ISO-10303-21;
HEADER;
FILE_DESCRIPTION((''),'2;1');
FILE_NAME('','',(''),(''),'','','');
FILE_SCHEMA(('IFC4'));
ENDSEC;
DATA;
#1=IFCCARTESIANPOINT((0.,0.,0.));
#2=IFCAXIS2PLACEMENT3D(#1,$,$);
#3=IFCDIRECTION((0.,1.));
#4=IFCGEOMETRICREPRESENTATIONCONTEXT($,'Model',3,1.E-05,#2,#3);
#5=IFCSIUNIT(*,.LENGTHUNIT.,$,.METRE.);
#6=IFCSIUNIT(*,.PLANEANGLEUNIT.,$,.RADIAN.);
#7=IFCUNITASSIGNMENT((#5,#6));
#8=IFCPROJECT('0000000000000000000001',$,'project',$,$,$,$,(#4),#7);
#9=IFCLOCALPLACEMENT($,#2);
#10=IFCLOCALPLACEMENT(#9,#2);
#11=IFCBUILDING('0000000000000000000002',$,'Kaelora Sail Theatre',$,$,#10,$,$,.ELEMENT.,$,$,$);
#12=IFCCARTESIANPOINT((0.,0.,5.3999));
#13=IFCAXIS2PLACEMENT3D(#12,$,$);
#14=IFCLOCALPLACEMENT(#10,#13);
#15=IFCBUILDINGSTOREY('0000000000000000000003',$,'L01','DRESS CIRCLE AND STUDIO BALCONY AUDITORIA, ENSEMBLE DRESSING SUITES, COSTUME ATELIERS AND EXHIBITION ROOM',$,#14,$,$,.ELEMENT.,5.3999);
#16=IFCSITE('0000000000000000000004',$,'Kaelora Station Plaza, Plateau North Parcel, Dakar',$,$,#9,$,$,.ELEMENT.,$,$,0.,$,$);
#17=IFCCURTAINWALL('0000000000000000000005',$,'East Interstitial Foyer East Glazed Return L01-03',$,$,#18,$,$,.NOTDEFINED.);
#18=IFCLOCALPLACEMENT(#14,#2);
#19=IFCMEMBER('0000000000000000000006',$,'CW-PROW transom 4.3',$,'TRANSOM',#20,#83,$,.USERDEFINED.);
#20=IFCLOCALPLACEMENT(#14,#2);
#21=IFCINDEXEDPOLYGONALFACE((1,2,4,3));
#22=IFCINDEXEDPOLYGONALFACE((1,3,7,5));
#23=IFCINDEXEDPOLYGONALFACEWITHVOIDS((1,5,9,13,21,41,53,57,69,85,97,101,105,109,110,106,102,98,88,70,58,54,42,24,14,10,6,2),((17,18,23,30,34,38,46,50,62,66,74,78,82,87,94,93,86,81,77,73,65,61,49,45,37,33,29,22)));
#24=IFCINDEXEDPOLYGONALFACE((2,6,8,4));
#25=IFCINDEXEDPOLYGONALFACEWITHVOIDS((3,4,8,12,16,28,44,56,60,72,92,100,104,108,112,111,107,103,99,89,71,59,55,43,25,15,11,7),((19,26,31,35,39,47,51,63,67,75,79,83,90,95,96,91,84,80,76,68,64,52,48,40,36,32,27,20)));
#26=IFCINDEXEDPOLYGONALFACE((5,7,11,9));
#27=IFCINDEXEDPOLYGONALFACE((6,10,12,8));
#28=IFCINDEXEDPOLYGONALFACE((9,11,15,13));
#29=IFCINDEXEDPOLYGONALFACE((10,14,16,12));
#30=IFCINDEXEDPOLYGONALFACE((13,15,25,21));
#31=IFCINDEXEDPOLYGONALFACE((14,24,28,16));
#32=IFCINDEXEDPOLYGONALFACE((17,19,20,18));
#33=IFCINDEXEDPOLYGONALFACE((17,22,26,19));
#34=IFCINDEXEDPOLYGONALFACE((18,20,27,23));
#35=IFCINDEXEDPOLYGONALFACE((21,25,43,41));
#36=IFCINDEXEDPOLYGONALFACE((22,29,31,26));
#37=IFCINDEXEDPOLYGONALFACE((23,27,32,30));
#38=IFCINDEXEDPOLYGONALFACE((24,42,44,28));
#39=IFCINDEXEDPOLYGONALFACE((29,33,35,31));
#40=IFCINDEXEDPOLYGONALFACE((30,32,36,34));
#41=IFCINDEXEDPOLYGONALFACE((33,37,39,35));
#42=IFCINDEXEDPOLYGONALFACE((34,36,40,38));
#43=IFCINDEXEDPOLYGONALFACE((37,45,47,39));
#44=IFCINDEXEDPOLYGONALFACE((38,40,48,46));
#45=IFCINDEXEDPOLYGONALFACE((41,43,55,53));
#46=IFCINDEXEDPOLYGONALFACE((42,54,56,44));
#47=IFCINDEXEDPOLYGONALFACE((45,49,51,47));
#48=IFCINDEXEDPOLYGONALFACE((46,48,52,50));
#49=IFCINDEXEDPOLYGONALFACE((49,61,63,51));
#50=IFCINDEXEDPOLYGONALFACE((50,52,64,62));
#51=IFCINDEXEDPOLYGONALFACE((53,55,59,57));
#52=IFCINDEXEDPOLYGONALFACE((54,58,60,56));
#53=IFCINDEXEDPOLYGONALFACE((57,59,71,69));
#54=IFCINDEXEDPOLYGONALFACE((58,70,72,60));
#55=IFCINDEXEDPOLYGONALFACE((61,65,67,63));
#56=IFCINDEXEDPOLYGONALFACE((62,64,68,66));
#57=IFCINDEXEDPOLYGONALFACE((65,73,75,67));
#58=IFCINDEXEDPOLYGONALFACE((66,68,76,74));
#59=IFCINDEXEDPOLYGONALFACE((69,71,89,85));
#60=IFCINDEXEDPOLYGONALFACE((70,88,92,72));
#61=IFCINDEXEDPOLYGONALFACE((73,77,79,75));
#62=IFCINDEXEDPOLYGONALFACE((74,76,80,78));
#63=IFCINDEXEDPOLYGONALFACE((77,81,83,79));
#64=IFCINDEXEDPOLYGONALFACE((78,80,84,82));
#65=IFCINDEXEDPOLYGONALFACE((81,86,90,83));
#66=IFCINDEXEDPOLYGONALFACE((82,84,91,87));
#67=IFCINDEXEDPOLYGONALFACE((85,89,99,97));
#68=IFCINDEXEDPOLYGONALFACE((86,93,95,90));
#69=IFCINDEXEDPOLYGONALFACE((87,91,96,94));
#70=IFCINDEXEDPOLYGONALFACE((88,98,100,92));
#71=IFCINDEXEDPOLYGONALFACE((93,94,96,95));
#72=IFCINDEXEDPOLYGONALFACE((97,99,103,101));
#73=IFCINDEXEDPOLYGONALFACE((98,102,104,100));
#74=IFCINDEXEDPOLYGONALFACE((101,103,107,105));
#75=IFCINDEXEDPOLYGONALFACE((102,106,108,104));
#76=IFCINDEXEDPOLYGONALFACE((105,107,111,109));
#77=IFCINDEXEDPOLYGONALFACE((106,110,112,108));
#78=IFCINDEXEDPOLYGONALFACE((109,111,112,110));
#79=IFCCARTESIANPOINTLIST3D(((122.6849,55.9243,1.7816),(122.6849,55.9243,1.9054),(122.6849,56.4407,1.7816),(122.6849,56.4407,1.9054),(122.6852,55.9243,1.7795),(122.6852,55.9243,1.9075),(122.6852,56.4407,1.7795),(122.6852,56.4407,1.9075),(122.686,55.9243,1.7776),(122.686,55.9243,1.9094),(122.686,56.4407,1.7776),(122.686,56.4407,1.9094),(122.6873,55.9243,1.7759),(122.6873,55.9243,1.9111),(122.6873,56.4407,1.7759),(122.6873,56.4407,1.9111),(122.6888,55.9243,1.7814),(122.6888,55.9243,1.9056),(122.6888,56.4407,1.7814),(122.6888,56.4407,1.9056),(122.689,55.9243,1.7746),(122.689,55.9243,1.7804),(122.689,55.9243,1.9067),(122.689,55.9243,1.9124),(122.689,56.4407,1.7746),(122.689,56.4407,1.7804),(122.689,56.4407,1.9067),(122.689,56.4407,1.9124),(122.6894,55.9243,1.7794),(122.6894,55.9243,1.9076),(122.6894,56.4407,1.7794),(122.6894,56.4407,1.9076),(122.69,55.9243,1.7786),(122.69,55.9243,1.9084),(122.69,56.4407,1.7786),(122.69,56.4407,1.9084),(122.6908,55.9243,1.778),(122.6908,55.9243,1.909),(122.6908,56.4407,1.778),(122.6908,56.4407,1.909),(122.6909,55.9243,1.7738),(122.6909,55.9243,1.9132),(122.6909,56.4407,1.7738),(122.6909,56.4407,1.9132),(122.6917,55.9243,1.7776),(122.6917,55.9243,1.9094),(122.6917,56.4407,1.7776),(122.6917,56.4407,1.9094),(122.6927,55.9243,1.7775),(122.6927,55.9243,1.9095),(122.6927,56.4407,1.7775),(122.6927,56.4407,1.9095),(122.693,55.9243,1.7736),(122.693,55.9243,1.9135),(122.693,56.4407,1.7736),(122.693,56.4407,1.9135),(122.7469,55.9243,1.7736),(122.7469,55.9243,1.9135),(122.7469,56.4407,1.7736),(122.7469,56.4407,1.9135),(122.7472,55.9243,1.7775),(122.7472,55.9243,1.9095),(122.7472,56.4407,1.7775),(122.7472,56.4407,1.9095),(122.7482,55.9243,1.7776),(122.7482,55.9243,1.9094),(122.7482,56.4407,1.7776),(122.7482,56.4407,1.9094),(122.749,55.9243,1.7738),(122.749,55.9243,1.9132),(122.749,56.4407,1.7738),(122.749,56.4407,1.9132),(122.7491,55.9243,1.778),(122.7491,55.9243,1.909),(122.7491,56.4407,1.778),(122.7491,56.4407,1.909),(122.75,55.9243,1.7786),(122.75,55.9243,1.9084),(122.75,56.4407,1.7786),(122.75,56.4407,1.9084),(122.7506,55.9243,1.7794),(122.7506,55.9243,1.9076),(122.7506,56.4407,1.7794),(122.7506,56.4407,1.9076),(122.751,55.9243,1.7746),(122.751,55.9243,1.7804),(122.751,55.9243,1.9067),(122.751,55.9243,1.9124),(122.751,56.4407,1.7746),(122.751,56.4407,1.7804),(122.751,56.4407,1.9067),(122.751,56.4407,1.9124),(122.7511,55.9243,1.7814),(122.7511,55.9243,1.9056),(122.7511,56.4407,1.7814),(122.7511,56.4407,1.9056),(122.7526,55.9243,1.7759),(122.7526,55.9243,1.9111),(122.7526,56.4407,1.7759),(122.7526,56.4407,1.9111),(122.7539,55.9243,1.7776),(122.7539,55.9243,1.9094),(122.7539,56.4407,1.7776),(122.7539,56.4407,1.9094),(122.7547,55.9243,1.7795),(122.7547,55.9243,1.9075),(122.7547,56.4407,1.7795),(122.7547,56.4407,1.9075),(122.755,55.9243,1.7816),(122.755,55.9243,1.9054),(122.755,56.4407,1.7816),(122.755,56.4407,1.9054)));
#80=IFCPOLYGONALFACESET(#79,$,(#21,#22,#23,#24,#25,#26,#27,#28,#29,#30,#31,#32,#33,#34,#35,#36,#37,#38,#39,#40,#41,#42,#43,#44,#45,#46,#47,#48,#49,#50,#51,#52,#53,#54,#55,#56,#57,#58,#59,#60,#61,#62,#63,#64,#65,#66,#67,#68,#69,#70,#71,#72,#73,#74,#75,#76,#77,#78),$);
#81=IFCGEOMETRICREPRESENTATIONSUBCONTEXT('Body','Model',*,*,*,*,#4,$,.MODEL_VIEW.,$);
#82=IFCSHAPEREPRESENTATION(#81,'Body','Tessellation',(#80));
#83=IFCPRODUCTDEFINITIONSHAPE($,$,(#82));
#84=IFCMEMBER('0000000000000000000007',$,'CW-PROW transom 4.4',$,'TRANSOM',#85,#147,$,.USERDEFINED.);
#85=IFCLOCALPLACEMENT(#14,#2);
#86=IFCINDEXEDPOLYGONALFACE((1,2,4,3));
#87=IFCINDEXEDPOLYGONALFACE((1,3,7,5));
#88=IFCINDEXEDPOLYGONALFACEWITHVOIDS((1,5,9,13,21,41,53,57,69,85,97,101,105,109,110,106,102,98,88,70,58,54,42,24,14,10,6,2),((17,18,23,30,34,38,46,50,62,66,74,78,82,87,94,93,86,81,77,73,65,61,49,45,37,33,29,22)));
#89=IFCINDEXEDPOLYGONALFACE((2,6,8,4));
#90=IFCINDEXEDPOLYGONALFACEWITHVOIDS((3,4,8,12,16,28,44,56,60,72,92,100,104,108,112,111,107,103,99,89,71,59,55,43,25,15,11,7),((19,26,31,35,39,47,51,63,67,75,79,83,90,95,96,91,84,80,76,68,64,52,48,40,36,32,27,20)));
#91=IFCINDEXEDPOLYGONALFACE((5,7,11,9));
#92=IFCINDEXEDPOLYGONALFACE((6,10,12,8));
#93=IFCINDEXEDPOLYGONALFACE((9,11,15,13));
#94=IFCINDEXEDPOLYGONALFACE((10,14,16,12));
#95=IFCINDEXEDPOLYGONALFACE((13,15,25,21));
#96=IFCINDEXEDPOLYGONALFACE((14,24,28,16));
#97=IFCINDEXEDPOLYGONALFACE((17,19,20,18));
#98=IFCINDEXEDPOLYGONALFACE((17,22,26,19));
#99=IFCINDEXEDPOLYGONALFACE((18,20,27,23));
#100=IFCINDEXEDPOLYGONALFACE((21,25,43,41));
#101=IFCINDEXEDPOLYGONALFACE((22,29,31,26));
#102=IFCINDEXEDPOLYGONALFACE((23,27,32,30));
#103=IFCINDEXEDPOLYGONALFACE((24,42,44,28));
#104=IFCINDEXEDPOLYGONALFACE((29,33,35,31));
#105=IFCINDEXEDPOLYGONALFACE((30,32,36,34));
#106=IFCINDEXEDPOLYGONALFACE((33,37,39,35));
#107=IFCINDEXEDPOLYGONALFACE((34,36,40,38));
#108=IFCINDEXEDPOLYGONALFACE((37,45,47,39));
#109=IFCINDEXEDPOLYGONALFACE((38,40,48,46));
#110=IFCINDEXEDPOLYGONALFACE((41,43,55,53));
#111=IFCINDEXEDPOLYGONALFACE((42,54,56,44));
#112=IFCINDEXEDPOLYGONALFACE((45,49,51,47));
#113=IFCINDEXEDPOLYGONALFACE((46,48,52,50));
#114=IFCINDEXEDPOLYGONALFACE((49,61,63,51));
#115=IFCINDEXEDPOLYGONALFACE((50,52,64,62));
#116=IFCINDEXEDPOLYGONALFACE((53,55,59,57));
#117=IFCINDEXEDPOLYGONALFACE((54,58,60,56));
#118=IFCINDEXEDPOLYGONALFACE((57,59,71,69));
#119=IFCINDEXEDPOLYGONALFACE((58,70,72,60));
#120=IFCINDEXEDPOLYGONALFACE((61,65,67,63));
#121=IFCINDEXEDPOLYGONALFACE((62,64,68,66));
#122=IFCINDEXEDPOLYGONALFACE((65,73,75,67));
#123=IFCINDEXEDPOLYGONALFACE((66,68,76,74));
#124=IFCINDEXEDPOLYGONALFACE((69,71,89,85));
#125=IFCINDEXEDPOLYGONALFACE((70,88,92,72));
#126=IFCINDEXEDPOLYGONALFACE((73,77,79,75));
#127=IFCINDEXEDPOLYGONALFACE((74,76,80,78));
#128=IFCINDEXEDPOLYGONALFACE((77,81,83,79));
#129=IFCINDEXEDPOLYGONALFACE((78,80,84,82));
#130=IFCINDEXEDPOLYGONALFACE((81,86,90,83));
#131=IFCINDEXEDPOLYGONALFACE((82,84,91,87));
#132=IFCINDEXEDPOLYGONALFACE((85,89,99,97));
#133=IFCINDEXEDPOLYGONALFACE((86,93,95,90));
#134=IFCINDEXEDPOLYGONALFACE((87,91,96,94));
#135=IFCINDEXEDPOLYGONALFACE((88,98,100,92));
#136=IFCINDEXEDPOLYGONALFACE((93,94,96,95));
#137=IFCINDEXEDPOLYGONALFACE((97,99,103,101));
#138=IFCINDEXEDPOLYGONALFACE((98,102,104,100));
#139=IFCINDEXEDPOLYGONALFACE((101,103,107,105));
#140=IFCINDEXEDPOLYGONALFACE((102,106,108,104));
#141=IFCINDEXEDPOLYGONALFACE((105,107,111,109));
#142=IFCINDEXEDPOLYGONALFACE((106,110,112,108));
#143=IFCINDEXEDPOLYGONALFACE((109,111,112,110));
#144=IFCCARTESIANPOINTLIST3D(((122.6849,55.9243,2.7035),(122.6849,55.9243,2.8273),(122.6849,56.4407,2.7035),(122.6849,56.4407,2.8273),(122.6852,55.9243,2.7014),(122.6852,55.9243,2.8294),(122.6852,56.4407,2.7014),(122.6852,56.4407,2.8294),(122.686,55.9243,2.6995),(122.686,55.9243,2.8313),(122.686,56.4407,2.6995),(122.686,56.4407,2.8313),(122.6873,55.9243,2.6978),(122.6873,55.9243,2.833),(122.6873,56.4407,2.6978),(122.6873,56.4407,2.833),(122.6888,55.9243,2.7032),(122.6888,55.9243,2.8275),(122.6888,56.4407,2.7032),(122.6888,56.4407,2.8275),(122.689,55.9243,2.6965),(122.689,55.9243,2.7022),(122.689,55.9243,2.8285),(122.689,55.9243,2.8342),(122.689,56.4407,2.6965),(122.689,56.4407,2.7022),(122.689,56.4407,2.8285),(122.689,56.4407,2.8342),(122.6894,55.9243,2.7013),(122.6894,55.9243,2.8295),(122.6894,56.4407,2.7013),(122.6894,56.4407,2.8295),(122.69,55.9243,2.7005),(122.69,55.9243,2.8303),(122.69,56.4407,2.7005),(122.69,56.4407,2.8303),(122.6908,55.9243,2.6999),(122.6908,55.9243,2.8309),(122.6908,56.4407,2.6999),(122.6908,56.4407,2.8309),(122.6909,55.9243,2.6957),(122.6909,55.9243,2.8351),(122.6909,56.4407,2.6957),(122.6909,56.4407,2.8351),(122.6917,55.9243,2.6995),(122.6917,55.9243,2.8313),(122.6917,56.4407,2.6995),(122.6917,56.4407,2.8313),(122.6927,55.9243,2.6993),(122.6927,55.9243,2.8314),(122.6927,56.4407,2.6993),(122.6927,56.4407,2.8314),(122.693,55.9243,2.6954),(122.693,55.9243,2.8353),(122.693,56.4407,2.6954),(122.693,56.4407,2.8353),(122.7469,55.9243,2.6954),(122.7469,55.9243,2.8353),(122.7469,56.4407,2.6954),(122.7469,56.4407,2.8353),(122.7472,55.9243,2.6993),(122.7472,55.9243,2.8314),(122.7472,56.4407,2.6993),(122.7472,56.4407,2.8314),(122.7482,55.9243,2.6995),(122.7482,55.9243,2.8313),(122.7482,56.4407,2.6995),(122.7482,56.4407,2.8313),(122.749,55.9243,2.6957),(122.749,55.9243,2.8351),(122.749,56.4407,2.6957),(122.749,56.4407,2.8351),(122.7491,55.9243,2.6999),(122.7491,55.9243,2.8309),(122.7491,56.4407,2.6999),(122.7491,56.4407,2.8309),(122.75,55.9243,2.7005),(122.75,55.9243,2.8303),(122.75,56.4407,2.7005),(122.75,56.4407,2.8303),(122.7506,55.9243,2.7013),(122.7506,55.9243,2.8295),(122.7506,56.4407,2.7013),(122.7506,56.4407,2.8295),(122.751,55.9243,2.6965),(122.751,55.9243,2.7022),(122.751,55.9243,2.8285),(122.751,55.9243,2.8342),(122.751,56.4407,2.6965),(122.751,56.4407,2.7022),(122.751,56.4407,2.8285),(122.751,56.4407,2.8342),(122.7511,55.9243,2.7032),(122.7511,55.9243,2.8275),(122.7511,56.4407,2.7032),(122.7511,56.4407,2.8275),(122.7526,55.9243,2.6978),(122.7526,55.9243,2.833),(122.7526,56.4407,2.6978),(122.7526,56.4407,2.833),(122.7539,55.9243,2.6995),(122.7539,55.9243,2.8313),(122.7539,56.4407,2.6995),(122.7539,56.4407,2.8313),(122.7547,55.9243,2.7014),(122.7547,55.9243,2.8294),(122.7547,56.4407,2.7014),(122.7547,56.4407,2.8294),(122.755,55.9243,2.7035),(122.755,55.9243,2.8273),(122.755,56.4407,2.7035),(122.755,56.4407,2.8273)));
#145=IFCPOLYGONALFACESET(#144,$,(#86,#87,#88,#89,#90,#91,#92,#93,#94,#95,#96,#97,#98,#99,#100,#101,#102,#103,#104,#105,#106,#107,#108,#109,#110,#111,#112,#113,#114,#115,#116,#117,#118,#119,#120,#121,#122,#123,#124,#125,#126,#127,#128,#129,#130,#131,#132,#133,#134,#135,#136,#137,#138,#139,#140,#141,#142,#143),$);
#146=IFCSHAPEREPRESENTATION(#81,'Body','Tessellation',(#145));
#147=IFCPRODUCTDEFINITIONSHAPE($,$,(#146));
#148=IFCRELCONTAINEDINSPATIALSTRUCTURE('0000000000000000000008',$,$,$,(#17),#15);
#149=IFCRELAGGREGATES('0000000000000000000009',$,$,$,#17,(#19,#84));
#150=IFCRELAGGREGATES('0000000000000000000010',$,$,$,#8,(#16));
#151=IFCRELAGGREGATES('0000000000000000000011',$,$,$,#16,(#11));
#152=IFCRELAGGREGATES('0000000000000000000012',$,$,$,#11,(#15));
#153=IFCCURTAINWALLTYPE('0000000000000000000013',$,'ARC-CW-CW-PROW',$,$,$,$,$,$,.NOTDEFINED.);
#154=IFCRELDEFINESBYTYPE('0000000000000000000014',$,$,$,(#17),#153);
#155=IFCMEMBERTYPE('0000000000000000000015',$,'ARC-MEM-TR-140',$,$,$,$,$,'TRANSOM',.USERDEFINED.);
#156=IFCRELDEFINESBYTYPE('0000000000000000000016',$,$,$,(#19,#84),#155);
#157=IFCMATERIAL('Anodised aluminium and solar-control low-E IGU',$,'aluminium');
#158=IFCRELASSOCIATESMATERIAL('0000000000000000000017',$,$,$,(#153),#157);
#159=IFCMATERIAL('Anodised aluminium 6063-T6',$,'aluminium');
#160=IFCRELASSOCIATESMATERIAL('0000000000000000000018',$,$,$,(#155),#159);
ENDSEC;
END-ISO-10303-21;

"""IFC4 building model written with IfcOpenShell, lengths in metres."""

from ifc_helpers import new_model, si_unit, direction, frame, origin, origin_2d, place, context, subcontext, project, spatial, hollow_rectangle, extrude, material, material_profile, profile_set, type_object, element, aggregate, save


model = new_model("IFC4")

# Units and contexts
model_context = context("Model", 3, precision=1e-05, world=origin(), true_north=direction((0.0, 1.0)))
body_context = subcontext(model_context, "Body", "Model", "MODEL_VIEW")
ifc_project = project(units=[si_unit("LENGTHUNIT", "METRE"), si_unit("PLANEANGLEUNIT", "RADIAN")], contexts=[model_context])

# Site, building, storey
site_placement = place(None, origin())
site = spatial("IfcSite", under=ifc_project, at=site_placement, Name="Kaelora Station Plaza, Plateau North Parcel, Dakar", CompositionType="ELEMENT", RefElevation=0.0)
building_placement = place(site_placement, origin())
building = spatial("IfcBuilding", under=site, at=building_placement, Name="Kaelora Sail Theatre", CompositionType="ELEMENT")
storey_placement = place(building_placement, frame((0.0, 0.0, 5.3999)))
storey = spatial("IfcBuildingStorey", under=building, at=storey_placement, Name="L01", Description="DRESS CIRCLE AND STUDIO BALCONY AUDITORIA, ENSEMBLE DRESSING SUITES, COSTUME ATELIERS AND EXHIBITION ROOM", CompositionType="ELEMENT", Elevation=5.3999)

# Curtain wall, members
ifc_material_1 = material(Name="Anodised aluminium and solar-control low-E IGU", Category="aluminium")
curtain_wall_type = type_object("IfcCurtainWallType", Name="ARC-CW-CW-PROW", PredefinedType="NOTDEFINED", material=ifc_material_1)
curtain_wall_placement = place(storey_placement, origin())
curtain_wall = element("IfcCurtainWall", 1, at=curtain_wall_placement, inside=storey, type_object=curtain_wall_type, Name="East Interstitial Foyer East Glazed Return L01-03", PredefinedType="NOTDEFINED")
ifc_material_2 = material(Name="Anodised aluminium 6063-T6", Category="aluminium")
ifc_material_profile_1 = material_profile(ifc_material_2, hollow_rectangle(XDim=0.0701, YDim=0.1399, WallThickness=0.0039, InnerFilletRadius=0.0039, OuterFilletRadius=0.0081, at=origin_2d()), Name="ALU-TRAN 70x140x4")
ifc_profile_set_1 = profile_set([ifc_material_profile_1], Name="Anodised aluminium 6063-T6")
member_type_1 = type_object("IfcMemberType", Name="ARC-MEM-TR-140", ElementType="TRANSOM", PredefinedType="USERDEFINED", material=ifc_profile_set_1)
member_1_placement = place(storey_placement, frame((122.72, 55.9243, 1.8435), z_axis=(0.0, 1.0, 0.0), x_axis=(-1.0, 0.0, 0.0)))
member_1 = element("IfcMember", 2, at=member_1_placement, type_object=member_type_1, Name="CW-PROW transom 4.3", ObjectType="TRANSOM", PredefinedType="USERDEFINED", context=body_context, shape_type="SweptSolid", body=[
    extrude(hollow_rectangle(XDim=0.0701, YDim=0.1399, WallThickness=0.0039, InnerFilletRadius=0.0039, OuterFilletRadius=0.0081, at=origin_2d()), origin(), (0.0, 0.0, 1.0), 0.5164),
])
member_2_placement = place(storey_placement, frame((122.72, 55.9243, 2.7654), z_axis=(0.0, 1.0, 0.0), x_axis=(-1.0, 0.0, 0.0)))
member_2 = element("IfcMember", 3, at=member_2_placement, type_object=member_type_1, Name="CW-PROW transom 4.4", ObjectType="TRANSOM", PredefinedType="USERDEFINED", context=body_context, shape_type="SweptSolid", body=[
    extrude(hollow_rectangle(XDim=0.0701, YDim=0.1399, WallThickness=0.0039, InnerFilletRadius=0.0039, OuterFilletRadius=0.0081, at=origin_2d()), origin(), (0.0, 0.0, 1.0), 0.5164),
])
aggregate(curtain_wall, [member_1, member_2])

save(model, "model.ifc")
